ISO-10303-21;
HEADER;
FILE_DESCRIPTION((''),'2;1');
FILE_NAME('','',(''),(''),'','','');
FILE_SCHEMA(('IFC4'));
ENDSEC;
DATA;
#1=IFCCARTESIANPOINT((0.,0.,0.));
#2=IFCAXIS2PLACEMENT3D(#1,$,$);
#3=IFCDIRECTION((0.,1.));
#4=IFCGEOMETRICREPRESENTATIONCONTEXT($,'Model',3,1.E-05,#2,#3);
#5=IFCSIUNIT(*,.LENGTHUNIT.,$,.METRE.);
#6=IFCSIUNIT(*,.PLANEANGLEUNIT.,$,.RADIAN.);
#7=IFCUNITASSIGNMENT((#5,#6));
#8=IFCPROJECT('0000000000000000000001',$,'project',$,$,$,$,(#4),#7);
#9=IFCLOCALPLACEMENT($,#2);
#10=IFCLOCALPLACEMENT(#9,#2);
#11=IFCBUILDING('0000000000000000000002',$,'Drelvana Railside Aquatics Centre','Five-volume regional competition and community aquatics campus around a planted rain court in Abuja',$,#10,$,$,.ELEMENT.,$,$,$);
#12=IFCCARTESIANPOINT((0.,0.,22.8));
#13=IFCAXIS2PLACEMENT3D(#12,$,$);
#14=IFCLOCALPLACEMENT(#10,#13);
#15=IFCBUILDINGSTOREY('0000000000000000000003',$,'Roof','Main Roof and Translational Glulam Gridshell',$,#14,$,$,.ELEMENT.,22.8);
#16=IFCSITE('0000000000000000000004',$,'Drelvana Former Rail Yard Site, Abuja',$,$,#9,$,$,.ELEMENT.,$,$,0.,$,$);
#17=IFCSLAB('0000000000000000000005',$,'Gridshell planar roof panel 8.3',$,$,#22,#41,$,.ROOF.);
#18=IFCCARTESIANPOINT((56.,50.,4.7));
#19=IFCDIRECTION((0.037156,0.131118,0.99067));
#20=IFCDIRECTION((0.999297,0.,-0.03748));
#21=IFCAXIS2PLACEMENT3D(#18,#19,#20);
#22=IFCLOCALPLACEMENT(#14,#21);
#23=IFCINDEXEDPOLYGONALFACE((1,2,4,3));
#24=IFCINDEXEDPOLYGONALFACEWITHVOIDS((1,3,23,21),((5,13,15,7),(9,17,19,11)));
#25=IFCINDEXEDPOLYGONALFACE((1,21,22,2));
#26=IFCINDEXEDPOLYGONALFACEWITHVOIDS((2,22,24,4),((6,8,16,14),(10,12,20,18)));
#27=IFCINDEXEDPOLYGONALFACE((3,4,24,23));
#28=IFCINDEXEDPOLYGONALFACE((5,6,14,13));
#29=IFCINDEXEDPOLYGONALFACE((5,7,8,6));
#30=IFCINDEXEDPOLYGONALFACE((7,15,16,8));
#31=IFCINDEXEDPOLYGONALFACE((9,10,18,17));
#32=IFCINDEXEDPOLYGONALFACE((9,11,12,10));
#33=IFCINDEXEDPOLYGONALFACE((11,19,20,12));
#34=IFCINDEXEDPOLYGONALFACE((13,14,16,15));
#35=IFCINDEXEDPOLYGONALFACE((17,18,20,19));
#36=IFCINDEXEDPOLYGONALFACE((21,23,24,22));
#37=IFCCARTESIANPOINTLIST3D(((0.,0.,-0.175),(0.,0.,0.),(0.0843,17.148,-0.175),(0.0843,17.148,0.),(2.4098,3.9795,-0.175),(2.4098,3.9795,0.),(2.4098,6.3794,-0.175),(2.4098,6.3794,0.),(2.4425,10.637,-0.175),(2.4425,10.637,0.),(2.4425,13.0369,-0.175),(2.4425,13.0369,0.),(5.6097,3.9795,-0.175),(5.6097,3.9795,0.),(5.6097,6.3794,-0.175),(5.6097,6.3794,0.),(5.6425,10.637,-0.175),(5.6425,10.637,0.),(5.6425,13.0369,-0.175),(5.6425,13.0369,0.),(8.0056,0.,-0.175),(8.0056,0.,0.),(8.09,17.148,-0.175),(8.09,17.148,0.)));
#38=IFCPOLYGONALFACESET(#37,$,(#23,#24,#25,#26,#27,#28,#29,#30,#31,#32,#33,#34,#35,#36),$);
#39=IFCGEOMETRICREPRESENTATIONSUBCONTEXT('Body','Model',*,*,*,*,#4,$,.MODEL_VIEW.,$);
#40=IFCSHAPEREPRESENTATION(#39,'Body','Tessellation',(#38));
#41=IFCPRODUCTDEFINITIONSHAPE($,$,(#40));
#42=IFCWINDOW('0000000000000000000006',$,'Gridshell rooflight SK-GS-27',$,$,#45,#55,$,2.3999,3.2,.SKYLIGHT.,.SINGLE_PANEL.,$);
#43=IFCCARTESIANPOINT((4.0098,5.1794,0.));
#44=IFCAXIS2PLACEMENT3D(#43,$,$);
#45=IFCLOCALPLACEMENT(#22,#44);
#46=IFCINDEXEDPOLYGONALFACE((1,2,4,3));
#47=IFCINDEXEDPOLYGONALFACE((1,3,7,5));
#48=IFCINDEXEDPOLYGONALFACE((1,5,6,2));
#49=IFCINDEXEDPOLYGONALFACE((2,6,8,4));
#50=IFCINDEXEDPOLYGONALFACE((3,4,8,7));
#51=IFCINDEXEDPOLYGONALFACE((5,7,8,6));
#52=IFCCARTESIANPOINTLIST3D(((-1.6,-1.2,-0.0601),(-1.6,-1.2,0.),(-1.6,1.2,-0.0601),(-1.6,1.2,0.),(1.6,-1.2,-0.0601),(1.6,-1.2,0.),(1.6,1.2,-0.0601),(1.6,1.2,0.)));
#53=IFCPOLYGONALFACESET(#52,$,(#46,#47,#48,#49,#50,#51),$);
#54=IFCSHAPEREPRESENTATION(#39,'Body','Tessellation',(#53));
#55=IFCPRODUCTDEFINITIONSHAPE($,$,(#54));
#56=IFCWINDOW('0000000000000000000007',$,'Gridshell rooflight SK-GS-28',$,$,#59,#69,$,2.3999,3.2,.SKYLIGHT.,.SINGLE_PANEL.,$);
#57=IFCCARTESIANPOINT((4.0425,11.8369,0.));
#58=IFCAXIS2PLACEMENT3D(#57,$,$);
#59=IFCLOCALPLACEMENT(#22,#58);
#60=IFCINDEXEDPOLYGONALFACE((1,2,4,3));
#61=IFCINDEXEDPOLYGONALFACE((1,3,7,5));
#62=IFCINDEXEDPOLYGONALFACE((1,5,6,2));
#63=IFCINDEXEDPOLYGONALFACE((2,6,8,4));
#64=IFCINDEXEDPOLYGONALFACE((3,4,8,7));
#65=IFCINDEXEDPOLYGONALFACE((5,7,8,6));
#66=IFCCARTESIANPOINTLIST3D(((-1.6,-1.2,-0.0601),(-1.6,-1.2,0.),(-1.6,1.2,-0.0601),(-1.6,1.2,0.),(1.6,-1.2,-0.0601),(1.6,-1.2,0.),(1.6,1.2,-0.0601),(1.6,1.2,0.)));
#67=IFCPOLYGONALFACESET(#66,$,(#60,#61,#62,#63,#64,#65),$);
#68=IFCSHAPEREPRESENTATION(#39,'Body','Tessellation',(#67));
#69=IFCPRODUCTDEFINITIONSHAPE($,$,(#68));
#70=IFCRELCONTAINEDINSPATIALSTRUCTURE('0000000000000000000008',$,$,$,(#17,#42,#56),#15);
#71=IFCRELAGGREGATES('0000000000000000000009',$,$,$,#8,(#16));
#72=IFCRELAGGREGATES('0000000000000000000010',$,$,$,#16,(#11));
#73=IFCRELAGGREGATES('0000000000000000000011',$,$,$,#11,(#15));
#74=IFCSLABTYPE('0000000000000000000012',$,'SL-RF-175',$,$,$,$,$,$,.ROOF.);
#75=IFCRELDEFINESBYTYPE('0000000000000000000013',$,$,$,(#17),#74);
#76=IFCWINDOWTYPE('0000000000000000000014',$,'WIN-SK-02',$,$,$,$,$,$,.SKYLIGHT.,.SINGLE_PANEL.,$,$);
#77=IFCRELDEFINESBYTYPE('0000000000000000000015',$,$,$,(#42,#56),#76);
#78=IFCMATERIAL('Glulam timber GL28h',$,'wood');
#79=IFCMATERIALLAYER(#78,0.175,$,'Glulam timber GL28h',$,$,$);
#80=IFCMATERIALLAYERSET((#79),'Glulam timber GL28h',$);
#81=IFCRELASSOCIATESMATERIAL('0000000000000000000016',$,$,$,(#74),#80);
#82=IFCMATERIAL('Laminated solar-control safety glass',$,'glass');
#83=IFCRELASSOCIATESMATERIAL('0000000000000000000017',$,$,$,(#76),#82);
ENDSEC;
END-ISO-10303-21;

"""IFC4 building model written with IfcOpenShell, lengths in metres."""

from ifc_helpers import new_model, si_unit, direction, frame, origin, origin_2d, place, context, subcontext, project, spatial, polyline, rectangle, outline, extrude, material, layer, layer_set, type_object, element, fill, save


model = new_model("IFC4")

# Units and contexts
model_context = context("Model", 3, precision=1e-05, world=origin(), true_north=direction((0.0, 1.0)))
body_context = subcontext(model_context, "Body", "Model", "MODEL_VIEW")
ifc_project = project(units=[si_unit("LENGTHUNIT", "METRE"), si_unit("PLANEANGLEUNIT", "RADIAN")], contexts=[model_context])

# Site, building, storey
site_placement = place(None, origin())
site = spatial("IfcSite", under=ifc_project, at=site_placement, Name="Drelvana Former Rail Yard Site, Abuja", CompositionType="ELEMENT", RefElevation=0.0)
building_placement = place(site_placement, origin())
building = spatial("IfcBuilding", under=site, at=building_placement, Name="Drelvana Railside Aquatics Centre", Description="Five-volume regional competition and community aquatics campus around a planted rain court in Abuja", CompositionType="ELEMENT")
storey_placement = place(building_placement, frame((0.0, 0.0, 22.8)))
storey = spatial("IfcBuildingStorey", under=building, at=storey_placement, Name="Roof", Description="Main Roof and Translational Glulam Gridshell", CompositionType="ELEMENT", Elevation=22.8)

# Shared definitions
ifc_material_1 = material(Name="Glulam timber GL28h", Category="wood")

# Shared definitions
ifc_layer_1 = layer(ifc_material_1, 0.175, Name="Glulam timber GL28h")
ifc_layer_set_1 = layer_set([ifc_layer_1], Name="Glulam timber GL28h")
slab_type = type_object("IfcSlabType", Name="SL-RF-175", PredefinedType="ROOF", material=ifc_layer_set_1)

# Slab, openings, windows
slab_1_placement = place(storey_placement, frame((56.0, 50.0, 4.7), z_axis=(0.037156, 0.131118, 0.99067), x_axis=(0.999297, 0.0, -0.03748)))
slab_1 = element("IfcSlab", 1, at=slab_1_placement, inside=storey, type_object=slab_type, Name="Gridshell planar roof panel 8.3", PredefinedType="ROOF", context=body_context, shape_type="SweptSolid", body=[
    extrude(outline(polyline([(0.0, 0.0), (8.0056, 0.0), (8.09, 17.148), (0.0843, 17.148), (0.0, 0.0)])), origin(), (0.0, 0.0, -1.0), 0.175),
])
opening_1_placement = place(slab_1_placement, frame((4.0098, 5.1794, 0.01)))
opening_1 = element("IfcOpeningElement", 2, at=opening_1_placement, cuts=slab_1, PredefinedType="OPENING", context=body_context, shape_type="SweptSolid", body=[
    extrude(rectangle(XDim=3.2, YDim=2.3999, at=origin_2d()), origin(), (0.0, 0.0, -1.0), 0.1951),
])
opening_2_placement = place(slab_1_placement, frame((4.0425, 11.8369, 0.01)))
opening_2 = element("IfcOpeningElement", 3, at=opening_2_placement, cuts=slab_1, PredefinedType="OPENING", context=body_context, shape_type="SweptSolid", body=[
    extrude(rectangle(XDim=3.2, YDim=2.3999, at=origin_2d()), origin(), (0.0, 0.0, -1.0), 0.1951),
])
ifc_material_2 = material(Name="Laminated solar-control safety glass", Category="glass")
window_type = type_object("IfcWindowType", Name="WIN-SK-02", PartitioningType="SINGLE_PANEL", PredefinedType="SKYLIGHT", material=ifc_material_2)
window_1_placement = place(slab_1_placement, frame((4.0098, 5.1794, 0.0)))
window_1 = element("IfcWindow", 4, at=window_1_placement, inside=storey, type_object=window_type, Name="Gridshell rooflight SK-GS-27", OverallHeight=2.3999, OverallWidth=3.2, PartitioningType="SINGLE_PANEL", PredefinedType="SKYLIGHT", context=body_context, shape_type="SweptSolid", body=[
    extrude(rectangle(XDim=3.2, YDim=2.3999, at=origin_2d()), origin(), (0.0, 0.0, -1.0), 0.0601),
])
fill(opening_1, window_1)
window_2_placement = place(slab_1_placement, frame((4.0425, 11.8369, 0.0)))
window_2 = element("IfcWindow", 5, at=window_2_placement, inside=storey, type_object=window_type, Name="Gridshell rooflight SK-GS-28", OverallHeight=2.3999, OverallWidth=3.2, PartitioningType="SINGLE_PANEL", PredefinedType="SKYLIGHT", context=body_context, shape_type="SweptSolid", body=[
    extrude(rectangle(XDim=3.2, YDim=2.3999, at=origin_2d()), origin(), (0.0, 0.0, -1.0), 0.0601),
])
fill(opening_2, window_2)

save(model, "model.ifc")
